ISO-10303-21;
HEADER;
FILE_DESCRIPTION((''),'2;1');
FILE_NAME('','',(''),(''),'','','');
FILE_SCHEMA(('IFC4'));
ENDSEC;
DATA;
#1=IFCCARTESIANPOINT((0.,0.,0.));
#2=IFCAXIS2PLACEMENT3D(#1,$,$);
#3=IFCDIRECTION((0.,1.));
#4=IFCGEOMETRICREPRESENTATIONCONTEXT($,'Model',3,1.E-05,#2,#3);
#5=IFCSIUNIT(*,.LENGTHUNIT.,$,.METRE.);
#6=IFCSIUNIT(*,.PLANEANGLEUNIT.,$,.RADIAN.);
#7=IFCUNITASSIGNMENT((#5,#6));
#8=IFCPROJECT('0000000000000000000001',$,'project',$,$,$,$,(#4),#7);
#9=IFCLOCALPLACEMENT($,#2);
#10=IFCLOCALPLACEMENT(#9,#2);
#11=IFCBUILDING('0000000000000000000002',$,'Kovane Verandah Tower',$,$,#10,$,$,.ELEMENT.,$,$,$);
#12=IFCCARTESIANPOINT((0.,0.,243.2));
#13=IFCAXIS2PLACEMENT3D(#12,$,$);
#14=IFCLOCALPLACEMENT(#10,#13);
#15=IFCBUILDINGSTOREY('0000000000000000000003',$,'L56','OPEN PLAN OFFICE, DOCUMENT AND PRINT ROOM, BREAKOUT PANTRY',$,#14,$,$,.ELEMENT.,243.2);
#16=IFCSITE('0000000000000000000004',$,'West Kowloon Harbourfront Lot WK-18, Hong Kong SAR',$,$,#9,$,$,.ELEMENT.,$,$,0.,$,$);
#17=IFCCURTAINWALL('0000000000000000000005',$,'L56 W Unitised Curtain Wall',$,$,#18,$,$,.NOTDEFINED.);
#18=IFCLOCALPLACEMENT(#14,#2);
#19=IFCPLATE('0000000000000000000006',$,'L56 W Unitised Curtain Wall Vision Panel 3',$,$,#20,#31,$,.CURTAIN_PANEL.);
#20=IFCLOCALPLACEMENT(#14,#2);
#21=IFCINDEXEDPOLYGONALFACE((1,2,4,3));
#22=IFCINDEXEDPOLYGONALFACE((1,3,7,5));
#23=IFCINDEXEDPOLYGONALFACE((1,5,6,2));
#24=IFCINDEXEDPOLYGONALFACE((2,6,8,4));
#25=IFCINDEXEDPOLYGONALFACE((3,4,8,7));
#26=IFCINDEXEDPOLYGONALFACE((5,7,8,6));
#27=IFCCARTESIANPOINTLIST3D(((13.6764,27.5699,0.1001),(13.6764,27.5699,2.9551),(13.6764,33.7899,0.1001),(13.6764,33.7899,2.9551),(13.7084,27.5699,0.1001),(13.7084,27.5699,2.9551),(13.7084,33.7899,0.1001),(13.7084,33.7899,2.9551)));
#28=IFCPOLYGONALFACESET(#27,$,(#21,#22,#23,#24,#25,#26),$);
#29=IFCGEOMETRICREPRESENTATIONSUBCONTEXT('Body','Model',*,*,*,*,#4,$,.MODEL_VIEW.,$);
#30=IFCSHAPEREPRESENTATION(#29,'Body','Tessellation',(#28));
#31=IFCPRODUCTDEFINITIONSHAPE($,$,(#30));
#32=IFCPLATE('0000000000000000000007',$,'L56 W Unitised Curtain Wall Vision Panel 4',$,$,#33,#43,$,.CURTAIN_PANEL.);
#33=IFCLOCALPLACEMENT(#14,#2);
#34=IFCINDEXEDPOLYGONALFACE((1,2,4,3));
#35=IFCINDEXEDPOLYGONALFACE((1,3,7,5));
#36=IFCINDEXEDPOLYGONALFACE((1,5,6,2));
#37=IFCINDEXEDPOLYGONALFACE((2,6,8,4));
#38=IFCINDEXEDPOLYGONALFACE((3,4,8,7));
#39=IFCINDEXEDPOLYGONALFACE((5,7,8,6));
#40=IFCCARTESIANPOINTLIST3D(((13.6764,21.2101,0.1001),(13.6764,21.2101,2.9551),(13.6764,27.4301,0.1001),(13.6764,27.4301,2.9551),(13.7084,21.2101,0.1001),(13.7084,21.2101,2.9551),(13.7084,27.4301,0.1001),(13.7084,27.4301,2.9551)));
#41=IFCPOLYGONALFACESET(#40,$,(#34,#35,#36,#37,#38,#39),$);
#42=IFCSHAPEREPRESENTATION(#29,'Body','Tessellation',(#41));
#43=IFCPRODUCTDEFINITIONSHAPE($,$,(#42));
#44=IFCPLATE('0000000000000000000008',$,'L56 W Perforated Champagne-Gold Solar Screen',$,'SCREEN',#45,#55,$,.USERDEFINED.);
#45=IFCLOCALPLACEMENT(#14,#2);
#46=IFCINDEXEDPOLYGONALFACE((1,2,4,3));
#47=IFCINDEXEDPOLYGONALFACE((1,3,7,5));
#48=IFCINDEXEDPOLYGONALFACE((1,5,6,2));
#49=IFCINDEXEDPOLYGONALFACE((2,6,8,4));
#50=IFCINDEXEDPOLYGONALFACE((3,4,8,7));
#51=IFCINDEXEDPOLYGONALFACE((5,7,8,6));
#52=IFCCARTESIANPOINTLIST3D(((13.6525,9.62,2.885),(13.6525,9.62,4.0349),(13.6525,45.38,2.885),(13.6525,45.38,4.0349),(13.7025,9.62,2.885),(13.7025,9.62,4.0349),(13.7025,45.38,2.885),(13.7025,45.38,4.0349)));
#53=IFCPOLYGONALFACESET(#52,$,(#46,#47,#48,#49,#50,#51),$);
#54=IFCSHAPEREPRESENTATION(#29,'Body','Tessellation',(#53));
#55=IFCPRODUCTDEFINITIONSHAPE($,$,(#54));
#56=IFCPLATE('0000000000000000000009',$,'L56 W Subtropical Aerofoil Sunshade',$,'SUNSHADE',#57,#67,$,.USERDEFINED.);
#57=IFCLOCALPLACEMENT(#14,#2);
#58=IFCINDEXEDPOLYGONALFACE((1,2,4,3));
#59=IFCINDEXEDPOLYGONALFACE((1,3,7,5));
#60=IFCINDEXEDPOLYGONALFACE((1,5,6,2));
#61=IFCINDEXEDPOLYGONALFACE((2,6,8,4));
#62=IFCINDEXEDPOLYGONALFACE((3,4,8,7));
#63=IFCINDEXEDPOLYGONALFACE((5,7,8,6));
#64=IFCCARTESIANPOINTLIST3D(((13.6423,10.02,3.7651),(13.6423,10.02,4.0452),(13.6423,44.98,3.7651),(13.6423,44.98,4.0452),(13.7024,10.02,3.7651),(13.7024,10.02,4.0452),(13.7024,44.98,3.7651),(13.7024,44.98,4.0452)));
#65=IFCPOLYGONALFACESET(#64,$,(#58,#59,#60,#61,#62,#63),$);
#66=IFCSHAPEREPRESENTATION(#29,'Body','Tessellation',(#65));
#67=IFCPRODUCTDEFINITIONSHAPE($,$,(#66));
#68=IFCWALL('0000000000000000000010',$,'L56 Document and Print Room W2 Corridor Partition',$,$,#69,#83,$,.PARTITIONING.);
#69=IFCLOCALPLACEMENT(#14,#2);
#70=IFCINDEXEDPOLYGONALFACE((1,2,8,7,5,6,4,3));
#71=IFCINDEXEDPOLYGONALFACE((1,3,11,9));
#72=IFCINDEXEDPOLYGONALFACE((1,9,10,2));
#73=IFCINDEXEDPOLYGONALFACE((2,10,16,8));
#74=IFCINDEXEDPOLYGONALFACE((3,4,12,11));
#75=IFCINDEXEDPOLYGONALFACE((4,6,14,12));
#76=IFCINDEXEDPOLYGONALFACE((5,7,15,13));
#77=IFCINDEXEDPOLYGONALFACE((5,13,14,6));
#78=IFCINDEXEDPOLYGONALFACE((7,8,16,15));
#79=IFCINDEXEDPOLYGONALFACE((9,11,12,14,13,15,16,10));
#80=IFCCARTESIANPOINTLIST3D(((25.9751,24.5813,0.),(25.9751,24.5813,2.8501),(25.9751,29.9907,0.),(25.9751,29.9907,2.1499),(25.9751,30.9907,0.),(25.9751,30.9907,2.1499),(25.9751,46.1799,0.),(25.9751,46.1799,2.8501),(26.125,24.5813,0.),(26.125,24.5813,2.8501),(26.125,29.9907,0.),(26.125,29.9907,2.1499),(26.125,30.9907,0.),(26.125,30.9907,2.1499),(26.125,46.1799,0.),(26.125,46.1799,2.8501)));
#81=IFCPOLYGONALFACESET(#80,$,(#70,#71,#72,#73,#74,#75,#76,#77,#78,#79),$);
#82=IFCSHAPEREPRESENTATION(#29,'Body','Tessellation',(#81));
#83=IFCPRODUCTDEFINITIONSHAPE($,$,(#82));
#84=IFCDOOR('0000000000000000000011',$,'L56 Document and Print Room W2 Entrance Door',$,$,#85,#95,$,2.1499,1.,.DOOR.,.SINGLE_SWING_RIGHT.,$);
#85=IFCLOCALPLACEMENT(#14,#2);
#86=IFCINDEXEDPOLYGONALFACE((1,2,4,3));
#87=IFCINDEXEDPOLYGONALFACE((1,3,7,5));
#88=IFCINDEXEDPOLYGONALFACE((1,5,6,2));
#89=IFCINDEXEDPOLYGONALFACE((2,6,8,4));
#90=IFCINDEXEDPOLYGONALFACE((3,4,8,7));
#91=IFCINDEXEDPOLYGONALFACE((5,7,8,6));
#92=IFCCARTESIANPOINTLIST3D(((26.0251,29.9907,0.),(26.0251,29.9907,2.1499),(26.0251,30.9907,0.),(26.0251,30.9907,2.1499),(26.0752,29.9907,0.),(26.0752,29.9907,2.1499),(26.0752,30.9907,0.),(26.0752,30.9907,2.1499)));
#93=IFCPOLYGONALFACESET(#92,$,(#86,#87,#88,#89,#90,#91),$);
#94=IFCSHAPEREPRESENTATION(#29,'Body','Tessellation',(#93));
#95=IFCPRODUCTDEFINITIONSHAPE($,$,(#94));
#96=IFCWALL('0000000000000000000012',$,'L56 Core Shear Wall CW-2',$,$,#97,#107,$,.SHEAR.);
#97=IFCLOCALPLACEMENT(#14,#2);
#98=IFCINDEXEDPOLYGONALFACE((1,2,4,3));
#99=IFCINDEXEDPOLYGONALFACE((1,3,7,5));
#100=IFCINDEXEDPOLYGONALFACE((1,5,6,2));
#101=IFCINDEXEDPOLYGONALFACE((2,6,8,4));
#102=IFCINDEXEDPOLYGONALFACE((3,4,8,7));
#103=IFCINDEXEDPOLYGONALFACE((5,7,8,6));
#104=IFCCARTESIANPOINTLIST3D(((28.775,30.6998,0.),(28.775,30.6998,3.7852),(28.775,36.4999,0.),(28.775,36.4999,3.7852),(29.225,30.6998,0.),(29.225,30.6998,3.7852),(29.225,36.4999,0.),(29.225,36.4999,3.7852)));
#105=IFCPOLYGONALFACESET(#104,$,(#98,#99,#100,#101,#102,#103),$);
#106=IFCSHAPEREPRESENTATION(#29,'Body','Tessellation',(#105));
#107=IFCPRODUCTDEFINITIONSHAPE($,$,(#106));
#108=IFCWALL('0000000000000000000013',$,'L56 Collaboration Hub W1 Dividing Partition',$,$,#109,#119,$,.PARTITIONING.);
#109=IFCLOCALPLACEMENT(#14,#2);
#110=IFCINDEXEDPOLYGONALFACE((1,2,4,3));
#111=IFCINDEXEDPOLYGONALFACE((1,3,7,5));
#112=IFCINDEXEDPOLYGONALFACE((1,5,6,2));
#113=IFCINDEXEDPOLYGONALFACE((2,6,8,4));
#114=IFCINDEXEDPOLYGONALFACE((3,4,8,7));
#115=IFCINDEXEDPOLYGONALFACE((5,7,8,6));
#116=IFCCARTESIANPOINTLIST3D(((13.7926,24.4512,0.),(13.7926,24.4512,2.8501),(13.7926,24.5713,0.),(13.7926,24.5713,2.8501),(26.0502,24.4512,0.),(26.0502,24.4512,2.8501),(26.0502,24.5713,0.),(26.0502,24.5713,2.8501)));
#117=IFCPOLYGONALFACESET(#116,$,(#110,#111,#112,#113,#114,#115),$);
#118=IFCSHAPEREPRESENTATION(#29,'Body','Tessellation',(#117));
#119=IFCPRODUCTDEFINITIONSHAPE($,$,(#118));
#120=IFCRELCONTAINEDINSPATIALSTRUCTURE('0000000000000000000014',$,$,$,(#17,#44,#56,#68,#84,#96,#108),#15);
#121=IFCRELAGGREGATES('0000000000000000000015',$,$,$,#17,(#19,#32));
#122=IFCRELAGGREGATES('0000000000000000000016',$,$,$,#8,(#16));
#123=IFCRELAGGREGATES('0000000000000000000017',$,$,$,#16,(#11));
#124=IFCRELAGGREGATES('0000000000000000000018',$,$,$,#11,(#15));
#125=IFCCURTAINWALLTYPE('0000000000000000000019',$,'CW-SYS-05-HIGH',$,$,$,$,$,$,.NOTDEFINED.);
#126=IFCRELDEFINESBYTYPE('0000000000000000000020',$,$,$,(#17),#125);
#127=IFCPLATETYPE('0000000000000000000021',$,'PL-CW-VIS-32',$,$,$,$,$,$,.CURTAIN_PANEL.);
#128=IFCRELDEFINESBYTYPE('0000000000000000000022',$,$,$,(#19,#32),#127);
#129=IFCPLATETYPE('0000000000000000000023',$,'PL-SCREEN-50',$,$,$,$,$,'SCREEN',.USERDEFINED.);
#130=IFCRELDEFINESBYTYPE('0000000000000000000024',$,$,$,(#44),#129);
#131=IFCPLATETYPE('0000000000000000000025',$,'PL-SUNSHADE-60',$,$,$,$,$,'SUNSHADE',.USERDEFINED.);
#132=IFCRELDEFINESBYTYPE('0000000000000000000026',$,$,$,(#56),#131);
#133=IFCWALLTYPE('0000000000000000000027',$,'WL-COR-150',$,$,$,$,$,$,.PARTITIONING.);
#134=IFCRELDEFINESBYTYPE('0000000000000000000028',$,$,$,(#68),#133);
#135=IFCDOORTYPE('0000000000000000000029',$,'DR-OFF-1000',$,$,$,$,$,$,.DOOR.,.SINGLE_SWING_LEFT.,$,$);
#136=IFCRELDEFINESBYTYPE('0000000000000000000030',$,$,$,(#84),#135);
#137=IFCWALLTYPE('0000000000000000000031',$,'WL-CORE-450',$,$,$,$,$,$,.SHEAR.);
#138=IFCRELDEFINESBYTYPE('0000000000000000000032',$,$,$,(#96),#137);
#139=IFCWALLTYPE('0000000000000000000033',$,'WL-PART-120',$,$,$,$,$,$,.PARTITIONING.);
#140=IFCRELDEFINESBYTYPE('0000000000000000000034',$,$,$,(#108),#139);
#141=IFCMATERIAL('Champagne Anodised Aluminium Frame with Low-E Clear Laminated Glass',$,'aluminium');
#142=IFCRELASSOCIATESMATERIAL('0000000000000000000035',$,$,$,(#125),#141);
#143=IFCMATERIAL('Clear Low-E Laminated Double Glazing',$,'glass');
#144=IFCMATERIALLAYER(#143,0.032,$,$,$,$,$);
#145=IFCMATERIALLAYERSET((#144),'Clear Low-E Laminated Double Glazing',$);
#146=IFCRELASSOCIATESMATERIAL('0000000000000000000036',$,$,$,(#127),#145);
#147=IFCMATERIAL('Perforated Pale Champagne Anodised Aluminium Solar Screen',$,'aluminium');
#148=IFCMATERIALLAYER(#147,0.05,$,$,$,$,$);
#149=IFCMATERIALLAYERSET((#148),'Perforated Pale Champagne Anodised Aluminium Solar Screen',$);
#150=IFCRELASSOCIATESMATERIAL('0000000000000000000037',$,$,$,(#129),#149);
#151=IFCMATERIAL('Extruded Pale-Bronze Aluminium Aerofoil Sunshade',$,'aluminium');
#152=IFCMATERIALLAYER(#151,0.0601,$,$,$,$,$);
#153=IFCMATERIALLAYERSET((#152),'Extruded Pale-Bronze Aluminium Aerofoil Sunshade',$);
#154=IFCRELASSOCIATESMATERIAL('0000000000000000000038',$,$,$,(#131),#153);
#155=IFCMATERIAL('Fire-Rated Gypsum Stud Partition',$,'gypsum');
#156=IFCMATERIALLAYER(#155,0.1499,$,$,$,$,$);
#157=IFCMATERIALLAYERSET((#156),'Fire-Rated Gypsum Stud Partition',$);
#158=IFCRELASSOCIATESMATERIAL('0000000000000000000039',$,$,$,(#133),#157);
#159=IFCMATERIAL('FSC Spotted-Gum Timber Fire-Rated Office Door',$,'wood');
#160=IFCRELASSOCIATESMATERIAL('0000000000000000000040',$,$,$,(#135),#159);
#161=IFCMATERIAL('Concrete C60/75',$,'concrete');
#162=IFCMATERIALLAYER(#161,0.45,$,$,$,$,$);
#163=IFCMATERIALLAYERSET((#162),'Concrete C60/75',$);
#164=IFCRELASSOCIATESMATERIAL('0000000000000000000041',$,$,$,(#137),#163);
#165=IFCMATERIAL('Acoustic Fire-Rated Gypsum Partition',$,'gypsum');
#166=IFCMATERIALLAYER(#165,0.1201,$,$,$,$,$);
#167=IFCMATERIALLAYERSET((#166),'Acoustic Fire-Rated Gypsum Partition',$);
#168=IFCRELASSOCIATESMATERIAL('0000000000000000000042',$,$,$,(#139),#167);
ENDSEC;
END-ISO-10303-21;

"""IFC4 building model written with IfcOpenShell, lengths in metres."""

from ifc_helpers import new_model, si_unit, direction, frame, frame_2d, origin, origin_2d, place, context, subcontext, project, spatial, rectangle, extrude, material, layer, layer_set, type_object, element, fill, aggregate, save


model = new_model("IFC4")

# Units and contexts
model_context = context("Model", 3, precision=1e-05, world=origin(), true_north=direction((0.0, 1.0)))
body_context = subcontext(model_context, "Body", "Model", "MODEL_VIEW")
ifc_project = project(units=[si_unit("LENGTHUNIT", "METRE"), si_unit("PLANEANGLEUNIT", "RADIAN")], contexts=[model_context])

# Site, building, storey
site_placement = place(None, origin())
site = spatial("IfcSite", under=ifc_project, at=site_placement, Name="West Kowloon Harbourfront Lot WK-18, Hong Kong SAR", CompositionType="ELEMENT", RefElevation=0.0)
building_placement = place(site_placement, origin())
building = spatial("IfcBuilding", under=site, at=building_placement, Name="Kovane Verandah Tower", CompositionType="ELEMENT")
storey_placement = place(building_placement, frame((0.0, 0.0, 243.2)))
storey = spatial("IfcBuildingStorey", under=building, at=storey_placement, Name="L56", Description="OPEN PLAN OFFICE, DOCUMENT AND PRINT ROOM, BREAKOUT PANTRY", CompositionType="ELEMENT", Elevation=243.2)

# Shared definitions
ifc_material_1 = material(Name="Concrete C60/75", Category="concrete")

# Curtain wall, plates
ifc_material_2 = material(Name="Champagne Anodised Aluminium Frame with Low-E Clear Laminated Glass", Category="aluminium")
curtain_wall_type = type_object("IfcCurtainWallType", Name="CW-SYS-05-HIGH", PredefinedType="NOTDEFINED", material=ifc_material_2)
curtain_wall_placement = place(storey_placement, origin())
curtain_wall = element("IfcCurtainWall", 1, at=curtain_wall_placement, inside=storey, type_object=curtain_wall_type, Name="L56 W Unitised Curtain Wall", PredefinedType="NOTDEFINED")
ifc_material_3 = material(Name="Clear Low-E Laminated Double Glazing", Category="glass")
ifc_layer_1 = layer(ifc_material_3, 0.032)
ifc_layer_set_1 = layer_set([ifc_layer_1], Name="Clear Low-E Laminated Double Glazing")
plate_type_1 = type_object("IfcPlateType", Name="PL-CW-VIS-32", PredefinedType="CURTAIN_PANEL", material=ifc_layer_set_1)
plate_1_placement = place(storey_placement, frame((13.6924, 30.6799, 0.1001), z_axis=(0.0, 0.0, 1.0), x_axis=(0.0, -1.0, 0.0)))
plate_1 = element("IfcPlate", 2, at=plate_1_placement, type_object=plate_type_1, Name="L56 W Unitised Curtain Wall Vision Panel 3", PredefinedType="CURTAIN_PANEL", context=body_context, shape_type="SweptSolid", body=[
    extrude(rectangle(XDim=6.22, YDim=0.032, at=origin_2d()), origin(), (0.0, 0.0, 1.0), 2.855),
])
plate_2_placement = place(storey_placement, frame((13.6924, 24.3201, 0.1001), z_axis=(0.0, 0.0, 1.0), x_axis=(0.0, -1.0, 0.0)))
plate_2 = element("IfcPlate", 3, at=plate_2_placement, type_object=plate_type_1, Name="L56 W Unitised Curtain Wall Vision Panel 4", PredefinedType="CURTAIN_PANEL", context=body_context, shape_type="SweptSolid", body=[
    extrude(rectangle(XDim=6.22, YDim=0.032, at=origin_2d()), origin(), (0.0, 0.0, 1.0), 2.855),
])
aggregate(curtain_wall, [plate_1, plate_2])

# Plates
ifc_material_4 = material(Name="Perforated Pale Champagne Anodised Aluminium Solar Screen", Category="aluminium")
ifc_layer_2 = layer(ifc_material_4, 0.05)
ifc_layer_set_2 = layer_set([ifc_layer_2], Name="Perforated Pale Champagne Anodised Aluminium Solar Screen")
plate_type_2 = type_object("IfcPlateType", Name="PL-SCREEN-50", ElementType="SCREEN", PredefinedType="USERDEFINED", material=ifc_layer_set_2)
plate_3_placement = place(storey_placement, frame((13.6775, 27.5, 2.885), z_axis=(0.0, 0.0, 1.0), x_axis=(0.0, -1.0, 0.0)))
element("IfcPlate", 4, at=plate_3_placement, inside=storey, type_object=plate_type_2, Name="L56 W Perforated Champagne-Gold Solar Screen", ObjectType="SCREEN", PredefinedType="USERDEFINED", context=body_context, shape_type="SweptSolid", body=[
    extrude(rectangle(XDim=35.76, YDim=0.05, at=origin_2d()), origin(), (0.0, 0.0, 1.0), 1.1499),
])
ifc_material_5 = material(Name="Extruded Pale-Bronze Aluminium Aerofoil Sunshade", Category="aluminium")
ifc_layer_3 = layer(ifc_material_5, 0.0601)
ifc_layer_set_3 = layer_set([ifc_layer_3], Name="Extruded Pale-Bronze Aluminium Aerofoil Sunshade")
plate_type_3 = type_object("IfcPlateType", Name="PL-SUNSHADE-60", ElementType="SUNSHADE", PredefinedType="USERDEFINED", material=ifc_layer_set_3)
plate_4_placement = place(storey_placement, frame((13.6724, 27.5, 3.7651), z_axis=(0.0, 0.0, 1.0), x_axis=(0.0, -1.0, 0.0)))
element("IfcPlate", 5, at=plate_4_placement, inside=storey, type_object=plate_type_3, Name="L56 W Subtropical Aerofoil Sunshade", ObjectType="SUNSHADE", PredefinedType="USERDEFINED", context=body_context, shape_type="SweptSolid", body=[
    extrude(rectangle(XDim=34.96, YDim=0.0601, at=origin_2d()), origin(), (0.0, 0.0, 1.0), 0.28),
])

# Wall, opening, door
ifc_material_6 = material(Name="Fire-Rated Gypsum Stud Partition", Category="gypsum")
ifc_layer_4 = layer(ifc_material_6, 0.1499)
ifc_layer_set_4 = layer_set([ifc_layer_4], Name="Fire-Rated Gypsum Stud Partition")
wall_type_1 = type_object("IfcWallType", Name="WL-COR-150", PredefinedType="PARTITIONING", material=ifc_layer_set_4)
wall_1_placement = place(storey_placement, frame((26.05, 24.5813, 0.0), z_axis=(0.0, 0.0, 1.0), x_axis=(0.0, 1.0, 0.0)))
wall_1 = element("IfcWall", 6, at=wall_1_placement, inside=storey, type_object=wall_type_1, Name="L56 Document and Print Room W2 Corridor Partition", PredefinedType="PARTITIONING", context=body_context, shape_type="SweptSolid", body=[
    extrude(rectangle(XDim=21.5986, YDim=0.1499, at=frame_2d((10.7993, 0.0))), origin(), (0.0, 0.0, 1.0), 2.8501),
])
opening_1_placement = place(wall_1_placement, frame((5.4094, 0.0, 0.0)))
opening_1 = element("IfcOpeningElement", 7, at=opening_1_placement, cuts=wall_1, PredefinedType="OPENING", context=body_context, shape_type="SweptSolid", body=[
    extrude(rectangle(XDim=1.0, YDim=2.1499, at=frame_2d((0.5, 1.075))), frame((0.0, 0.075, 0.0), z_axis=(0.0, -1.0, 0.0), x_axis=(1.0, 0.0, 0.0)), (0.0, 0.0, 1.0), 0.1499),
])
ifc_material_7 = material(Name="FSC Spotted-Gum Timber Fire-Rated Office Door", Category="wood")
door_type_1 = type_object("IfcDoorType", Name="DR-OFF-1000", OperationType="SINGLE_SWING_LEFT", PredefinedType="DOOR", material=ifc_material_7)
door_1_placement = place(opening_1_placement, origin())
door_1 = element("IfcDoor", 8, at=door_1_placement, inside=storey, type_object=door_type_1, Name="L56 Document and Print Room W2 Entrance Door", OperationType="SINGLE_SWING_RIGHT", OverallHeight=2.1499, OverallWidth=1.0, PredefinedType="DOOR", context=body_context, shape_type="SweptSolid", body=[
    extrude(rectangle(XDim=1.0, YDim=2.1499, at=frame_2d((0.5, 1.075))), frame((0.0, 0.0249, 0.0), z_axis=(0.0, -1.0, 0.0), x_axis=(1.0, 0.0, 0.0)), (0.0, 0.0, 1.0), 0.05),
])
fill(opening_1, door_1)

# Wall
ifc_layer_5 = layer(ifc_material_1, 0.45)
ifc_layer_set_5 = layer_set([ifc_layer_5], Name="Concrete C60/75")
wall_type_2 = type_object("IfcWallType", Name="WL-CORE-450", PredefinedType="SHEAR", material=ifc_layer_set_5)
wall_2_placement = place(storey_placement, frame((29.0, 30.7, 0.0), z_axis=(0.0, 0.0, 1.0), x_axis=(0.0, 1.0, 0.0)))
element("IfcWall", 9, at=wall_2_placement, inside=storey, type_object=wall_type_2, Name="L56 Core Shear Wall CW-2", PredefinedType="SHEAR", context=body_context, shape_type="SweptSolid", body=[
    extrude(rectangle(XDim=5.8, YDim=0.45, at=frame_2d((2.8999, 0.0))), origin(), (0.0, 0.0, 1.0), 3.7852),
])

# Wall
ifc_material_8 = material(Name="Acoustic Fire-Rated Gypsum Partition", Category="gypsum")
ifc_layer_6 = layer(ifc_material_8, 0.1201)
ifc_layer_set_6 = layer_set([ifc_layer_6], Name="Acoustic Fire-Rated Gypsum Partition")
wall_type_3 = type_object("IfcWallType", Name="WL-PART-120", PredefinedType="PARTITIONING", material=ifc_layer_set_6)
wall_3_placement = place(storey_placement, frame((13.7925, 24.5112, 0.0), z_axis=(0.0, 0.0, 1.0), x_axis=(1.0, 0.0, 0.0)))
element("IfcWall", 10, at=wall_3_placement, inside=storey, type_object=wall_type_3, Name="L56 Collaboration Hub W1 Dividing Partition", PredefinedType="PARTITIONING", context=body_context, shape_type="SweptSolid", body=[
    extrude(rectangle(XDim=12.2576, YDim=0.1201, at=frame_2d((6.1289, 0.0))), origin(), (0.0, 0.0, 1.0), 2.8501),
])

save(model, "model.ifc")
